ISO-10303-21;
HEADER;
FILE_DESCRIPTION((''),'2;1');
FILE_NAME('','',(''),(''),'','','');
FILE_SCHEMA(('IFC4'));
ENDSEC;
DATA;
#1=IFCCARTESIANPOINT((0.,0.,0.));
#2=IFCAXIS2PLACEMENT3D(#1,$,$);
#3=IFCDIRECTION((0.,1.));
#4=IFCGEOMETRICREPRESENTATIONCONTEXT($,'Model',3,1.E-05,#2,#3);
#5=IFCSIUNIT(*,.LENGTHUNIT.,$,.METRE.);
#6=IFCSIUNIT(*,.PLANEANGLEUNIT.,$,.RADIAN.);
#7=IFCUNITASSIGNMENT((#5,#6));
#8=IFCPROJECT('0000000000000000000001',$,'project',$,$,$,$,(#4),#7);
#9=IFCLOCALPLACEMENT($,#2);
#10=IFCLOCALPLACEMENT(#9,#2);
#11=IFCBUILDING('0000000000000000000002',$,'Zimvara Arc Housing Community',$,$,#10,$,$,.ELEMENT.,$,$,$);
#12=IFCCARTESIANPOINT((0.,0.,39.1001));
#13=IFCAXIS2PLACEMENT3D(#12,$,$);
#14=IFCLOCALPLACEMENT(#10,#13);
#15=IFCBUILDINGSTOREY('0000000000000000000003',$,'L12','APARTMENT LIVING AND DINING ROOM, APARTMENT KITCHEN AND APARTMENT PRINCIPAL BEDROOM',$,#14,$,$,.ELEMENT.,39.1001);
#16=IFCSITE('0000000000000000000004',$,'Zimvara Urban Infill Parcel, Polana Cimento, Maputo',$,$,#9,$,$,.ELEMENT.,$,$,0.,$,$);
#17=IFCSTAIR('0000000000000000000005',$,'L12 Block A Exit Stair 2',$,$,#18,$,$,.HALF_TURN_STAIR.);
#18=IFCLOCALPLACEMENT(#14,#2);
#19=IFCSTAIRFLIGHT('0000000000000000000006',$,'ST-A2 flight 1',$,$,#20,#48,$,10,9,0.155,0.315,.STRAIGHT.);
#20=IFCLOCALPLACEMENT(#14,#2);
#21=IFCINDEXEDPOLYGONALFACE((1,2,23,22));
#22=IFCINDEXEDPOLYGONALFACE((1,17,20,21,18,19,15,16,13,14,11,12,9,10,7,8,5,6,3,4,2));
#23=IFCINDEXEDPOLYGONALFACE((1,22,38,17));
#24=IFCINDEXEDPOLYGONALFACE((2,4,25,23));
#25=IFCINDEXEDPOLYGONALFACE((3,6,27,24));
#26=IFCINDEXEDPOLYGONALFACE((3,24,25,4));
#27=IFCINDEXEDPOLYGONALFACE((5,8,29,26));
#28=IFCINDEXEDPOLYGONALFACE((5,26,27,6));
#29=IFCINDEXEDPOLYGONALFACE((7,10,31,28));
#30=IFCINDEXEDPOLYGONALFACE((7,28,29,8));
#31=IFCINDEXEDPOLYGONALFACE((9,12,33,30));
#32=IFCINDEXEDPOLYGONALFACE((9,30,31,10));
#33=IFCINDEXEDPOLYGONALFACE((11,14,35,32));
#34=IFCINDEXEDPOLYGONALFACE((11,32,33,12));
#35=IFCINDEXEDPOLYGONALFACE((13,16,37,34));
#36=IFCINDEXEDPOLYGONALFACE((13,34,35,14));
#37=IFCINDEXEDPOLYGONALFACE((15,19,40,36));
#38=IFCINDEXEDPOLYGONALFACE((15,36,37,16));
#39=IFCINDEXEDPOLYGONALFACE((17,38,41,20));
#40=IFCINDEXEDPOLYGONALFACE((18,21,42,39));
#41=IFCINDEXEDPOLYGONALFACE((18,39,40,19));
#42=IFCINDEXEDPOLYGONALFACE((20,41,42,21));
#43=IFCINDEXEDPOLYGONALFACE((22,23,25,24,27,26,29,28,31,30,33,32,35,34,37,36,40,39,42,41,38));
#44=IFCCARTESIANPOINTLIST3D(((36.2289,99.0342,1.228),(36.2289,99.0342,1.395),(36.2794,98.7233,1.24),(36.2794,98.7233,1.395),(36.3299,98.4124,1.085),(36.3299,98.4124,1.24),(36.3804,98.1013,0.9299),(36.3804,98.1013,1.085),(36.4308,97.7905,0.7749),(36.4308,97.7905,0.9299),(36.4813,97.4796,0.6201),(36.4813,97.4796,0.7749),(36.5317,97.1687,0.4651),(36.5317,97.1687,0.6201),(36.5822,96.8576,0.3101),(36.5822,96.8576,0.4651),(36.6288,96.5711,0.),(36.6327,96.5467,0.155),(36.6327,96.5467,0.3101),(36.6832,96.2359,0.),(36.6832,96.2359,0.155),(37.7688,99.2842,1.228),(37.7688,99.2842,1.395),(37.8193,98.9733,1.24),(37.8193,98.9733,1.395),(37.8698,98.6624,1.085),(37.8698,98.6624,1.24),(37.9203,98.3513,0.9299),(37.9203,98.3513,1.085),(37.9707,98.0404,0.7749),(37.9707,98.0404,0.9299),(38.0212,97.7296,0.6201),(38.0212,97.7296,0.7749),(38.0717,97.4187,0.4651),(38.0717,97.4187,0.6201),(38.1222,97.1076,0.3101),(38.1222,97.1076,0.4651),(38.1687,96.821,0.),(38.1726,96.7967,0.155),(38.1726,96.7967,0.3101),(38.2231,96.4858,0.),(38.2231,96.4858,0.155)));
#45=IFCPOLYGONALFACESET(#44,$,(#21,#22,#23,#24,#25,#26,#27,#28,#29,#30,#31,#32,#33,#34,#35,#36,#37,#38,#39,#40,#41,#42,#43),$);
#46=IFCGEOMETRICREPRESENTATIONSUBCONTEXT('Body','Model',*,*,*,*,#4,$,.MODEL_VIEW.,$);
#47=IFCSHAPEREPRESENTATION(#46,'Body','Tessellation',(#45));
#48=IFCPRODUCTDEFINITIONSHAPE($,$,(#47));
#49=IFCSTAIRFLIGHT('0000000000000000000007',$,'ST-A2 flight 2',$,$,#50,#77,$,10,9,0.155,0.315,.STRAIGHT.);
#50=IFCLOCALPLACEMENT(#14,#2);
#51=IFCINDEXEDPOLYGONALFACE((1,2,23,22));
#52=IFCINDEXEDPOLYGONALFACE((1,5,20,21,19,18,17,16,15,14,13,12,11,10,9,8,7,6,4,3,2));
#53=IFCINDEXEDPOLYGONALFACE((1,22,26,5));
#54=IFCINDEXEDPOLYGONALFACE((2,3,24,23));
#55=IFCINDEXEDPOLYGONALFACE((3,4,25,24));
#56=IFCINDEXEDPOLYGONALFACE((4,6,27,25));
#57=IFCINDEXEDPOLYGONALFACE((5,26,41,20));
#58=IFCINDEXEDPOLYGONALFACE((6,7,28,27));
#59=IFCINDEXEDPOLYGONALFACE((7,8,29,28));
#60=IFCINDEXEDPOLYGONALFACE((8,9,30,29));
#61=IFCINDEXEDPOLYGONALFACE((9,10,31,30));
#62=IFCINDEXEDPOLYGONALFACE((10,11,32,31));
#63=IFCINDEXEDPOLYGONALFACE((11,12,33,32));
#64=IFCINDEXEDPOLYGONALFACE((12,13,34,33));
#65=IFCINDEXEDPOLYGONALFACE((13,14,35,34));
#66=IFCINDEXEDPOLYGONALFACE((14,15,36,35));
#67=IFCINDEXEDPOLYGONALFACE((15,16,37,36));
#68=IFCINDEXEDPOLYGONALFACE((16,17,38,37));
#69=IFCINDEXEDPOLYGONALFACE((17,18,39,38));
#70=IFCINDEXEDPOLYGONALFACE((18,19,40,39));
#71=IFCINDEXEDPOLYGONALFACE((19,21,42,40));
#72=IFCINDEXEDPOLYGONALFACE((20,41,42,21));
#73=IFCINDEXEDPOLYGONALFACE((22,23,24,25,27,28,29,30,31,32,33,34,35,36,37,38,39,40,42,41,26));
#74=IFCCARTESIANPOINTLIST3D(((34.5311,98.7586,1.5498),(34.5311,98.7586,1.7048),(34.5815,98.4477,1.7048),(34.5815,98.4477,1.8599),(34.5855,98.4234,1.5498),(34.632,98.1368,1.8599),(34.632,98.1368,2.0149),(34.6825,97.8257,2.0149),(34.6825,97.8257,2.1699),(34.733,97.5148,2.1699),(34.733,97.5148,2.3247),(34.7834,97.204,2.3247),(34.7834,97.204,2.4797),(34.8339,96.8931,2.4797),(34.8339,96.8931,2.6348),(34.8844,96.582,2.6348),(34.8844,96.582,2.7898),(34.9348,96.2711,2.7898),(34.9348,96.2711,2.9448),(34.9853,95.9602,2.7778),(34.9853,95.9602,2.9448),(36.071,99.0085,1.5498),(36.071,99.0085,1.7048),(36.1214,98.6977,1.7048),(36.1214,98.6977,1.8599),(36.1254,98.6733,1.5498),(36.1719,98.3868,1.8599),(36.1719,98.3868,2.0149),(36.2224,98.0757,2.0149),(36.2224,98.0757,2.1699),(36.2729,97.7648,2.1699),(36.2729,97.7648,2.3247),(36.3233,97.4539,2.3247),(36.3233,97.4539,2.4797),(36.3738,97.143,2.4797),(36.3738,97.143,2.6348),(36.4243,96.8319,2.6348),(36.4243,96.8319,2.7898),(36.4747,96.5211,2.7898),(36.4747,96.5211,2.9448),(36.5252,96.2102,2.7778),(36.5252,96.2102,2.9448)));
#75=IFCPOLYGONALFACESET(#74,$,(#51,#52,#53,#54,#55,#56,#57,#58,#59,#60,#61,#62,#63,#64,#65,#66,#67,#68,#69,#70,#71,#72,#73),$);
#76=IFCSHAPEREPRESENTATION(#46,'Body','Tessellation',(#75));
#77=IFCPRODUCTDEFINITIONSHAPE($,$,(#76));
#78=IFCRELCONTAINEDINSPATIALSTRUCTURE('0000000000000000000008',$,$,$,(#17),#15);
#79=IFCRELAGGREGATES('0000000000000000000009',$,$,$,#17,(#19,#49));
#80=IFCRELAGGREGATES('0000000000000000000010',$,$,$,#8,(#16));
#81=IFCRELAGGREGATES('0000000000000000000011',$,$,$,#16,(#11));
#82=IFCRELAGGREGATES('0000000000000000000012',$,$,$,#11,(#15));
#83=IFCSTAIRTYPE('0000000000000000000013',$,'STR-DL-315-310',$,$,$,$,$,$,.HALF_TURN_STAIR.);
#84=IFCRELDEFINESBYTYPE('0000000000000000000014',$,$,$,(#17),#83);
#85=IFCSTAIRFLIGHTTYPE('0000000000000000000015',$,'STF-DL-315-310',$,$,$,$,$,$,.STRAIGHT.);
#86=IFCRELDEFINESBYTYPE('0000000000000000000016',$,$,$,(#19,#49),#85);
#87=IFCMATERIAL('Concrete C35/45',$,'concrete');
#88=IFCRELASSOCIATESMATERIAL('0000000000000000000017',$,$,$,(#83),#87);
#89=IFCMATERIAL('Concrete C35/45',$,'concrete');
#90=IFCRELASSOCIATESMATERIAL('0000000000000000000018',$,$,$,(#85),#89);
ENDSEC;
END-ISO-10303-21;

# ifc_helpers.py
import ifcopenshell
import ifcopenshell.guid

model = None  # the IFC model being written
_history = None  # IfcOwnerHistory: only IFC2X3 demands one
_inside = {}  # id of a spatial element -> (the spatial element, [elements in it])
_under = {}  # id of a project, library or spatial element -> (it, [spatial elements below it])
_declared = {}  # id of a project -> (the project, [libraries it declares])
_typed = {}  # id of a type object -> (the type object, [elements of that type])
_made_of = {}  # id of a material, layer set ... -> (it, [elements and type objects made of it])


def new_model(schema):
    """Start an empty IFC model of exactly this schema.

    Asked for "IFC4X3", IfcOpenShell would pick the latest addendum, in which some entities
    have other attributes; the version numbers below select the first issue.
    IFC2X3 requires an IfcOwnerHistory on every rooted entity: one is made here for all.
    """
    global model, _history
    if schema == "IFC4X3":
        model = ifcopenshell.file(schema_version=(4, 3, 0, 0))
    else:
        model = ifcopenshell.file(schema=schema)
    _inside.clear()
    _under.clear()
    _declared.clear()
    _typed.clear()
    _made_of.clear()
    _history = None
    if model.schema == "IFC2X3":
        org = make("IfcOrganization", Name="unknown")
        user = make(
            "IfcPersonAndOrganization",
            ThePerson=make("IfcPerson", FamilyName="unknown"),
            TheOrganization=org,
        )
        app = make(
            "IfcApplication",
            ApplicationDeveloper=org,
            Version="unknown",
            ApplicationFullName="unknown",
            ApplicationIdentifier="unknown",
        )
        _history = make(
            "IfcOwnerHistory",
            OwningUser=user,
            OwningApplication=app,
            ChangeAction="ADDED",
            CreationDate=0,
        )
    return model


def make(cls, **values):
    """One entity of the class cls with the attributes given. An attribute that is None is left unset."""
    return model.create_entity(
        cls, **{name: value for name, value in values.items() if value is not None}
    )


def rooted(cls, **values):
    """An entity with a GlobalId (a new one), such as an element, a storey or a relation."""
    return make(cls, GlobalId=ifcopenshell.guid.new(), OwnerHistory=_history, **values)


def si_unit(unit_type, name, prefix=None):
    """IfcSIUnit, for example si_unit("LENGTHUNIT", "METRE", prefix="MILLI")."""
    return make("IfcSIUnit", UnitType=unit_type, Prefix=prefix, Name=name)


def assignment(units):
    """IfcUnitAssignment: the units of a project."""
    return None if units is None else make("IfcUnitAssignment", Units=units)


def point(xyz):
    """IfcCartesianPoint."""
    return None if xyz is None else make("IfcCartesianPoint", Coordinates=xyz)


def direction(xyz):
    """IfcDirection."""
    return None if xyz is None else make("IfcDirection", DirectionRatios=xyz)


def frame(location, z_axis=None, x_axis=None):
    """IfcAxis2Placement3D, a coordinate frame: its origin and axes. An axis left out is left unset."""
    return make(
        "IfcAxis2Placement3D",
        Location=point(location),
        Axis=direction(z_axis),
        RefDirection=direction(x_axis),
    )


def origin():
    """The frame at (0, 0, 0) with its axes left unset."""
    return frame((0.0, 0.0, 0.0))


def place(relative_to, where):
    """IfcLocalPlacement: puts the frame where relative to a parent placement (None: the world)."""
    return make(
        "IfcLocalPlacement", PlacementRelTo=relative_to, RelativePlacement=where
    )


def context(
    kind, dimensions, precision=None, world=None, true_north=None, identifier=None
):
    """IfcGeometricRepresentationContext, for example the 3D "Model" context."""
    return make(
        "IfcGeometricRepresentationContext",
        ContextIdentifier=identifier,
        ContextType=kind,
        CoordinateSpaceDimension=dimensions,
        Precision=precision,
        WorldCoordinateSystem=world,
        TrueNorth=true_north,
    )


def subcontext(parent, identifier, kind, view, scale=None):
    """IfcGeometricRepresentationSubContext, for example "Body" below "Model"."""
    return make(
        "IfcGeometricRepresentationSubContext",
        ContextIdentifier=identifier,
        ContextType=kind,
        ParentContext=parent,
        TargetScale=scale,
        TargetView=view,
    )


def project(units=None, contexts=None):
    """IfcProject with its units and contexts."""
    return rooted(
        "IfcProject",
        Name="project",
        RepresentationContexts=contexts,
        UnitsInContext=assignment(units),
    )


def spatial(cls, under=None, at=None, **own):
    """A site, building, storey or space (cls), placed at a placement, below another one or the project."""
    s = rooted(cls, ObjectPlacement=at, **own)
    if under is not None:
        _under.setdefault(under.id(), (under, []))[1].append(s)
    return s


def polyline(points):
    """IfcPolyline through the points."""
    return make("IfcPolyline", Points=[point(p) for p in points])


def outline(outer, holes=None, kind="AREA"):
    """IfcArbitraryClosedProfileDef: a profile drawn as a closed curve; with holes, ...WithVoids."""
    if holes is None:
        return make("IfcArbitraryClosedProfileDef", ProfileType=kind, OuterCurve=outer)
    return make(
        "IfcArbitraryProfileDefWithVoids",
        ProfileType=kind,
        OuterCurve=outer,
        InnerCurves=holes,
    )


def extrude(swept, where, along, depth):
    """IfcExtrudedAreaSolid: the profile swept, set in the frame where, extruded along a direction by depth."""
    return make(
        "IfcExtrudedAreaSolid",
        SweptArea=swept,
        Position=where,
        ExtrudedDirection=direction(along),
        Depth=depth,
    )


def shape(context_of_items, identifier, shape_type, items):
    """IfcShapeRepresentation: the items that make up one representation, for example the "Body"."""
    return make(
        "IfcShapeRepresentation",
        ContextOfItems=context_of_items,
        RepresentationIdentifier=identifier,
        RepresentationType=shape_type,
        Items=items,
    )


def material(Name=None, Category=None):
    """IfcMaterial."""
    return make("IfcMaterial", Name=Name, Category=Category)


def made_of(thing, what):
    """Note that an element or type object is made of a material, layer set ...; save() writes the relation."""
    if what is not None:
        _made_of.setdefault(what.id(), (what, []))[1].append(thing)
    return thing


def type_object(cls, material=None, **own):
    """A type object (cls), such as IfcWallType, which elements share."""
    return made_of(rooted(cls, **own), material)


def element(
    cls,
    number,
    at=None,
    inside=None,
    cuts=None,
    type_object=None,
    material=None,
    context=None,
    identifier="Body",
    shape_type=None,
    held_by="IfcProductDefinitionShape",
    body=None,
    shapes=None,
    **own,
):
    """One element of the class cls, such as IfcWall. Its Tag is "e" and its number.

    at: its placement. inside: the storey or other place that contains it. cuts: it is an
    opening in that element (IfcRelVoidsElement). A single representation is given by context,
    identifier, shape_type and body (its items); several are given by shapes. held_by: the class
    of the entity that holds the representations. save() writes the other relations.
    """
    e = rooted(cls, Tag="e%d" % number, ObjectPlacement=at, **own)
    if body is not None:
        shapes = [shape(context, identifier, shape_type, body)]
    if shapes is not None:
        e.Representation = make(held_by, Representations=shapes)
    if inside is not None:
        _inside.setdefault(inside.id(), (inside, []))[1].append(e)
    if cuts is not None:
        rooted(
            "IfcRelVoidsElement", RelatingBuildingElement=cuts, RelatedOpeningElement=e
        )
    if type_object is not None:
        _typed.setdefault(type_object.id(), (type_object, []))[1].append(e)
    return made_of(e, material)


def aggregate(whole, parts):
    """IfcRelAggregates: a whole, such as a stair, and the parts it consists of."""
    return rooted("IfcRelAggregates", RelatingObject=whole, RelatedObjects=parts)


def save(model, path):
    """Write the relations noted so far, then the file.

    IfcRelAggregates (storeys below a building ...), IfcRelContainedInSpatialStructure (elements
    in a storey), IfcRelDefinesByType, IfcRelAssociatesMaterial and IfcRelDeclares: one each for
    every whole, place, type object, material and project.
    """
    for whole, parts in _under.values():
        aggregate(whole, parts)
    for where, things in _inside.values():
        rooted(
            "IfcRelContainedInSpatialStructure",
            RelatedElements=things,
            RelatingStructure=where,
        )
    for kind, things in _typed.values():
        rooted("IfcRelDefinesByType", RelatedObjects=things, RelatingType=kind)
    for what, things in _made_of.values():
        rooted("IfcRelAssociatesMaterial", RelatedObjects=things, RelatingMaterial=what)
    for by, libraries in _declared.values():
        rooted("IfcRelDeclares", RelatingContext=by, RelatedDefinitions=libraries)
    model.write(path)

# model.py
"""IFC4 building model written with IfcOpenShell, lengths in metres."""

from ifc_helpers import new_model, si_unit, direction, frame, origin, place, context, subcontext, project, spatial, polyline, outline, extrude, material, type_object, element, aggregate, save


model = new_model("IFC4")

# Units and contexts
model_context = context("Model", 3, precision=1e-05, world=origin(), true_north=direction((0.0, 1.0)))
body_context = subcontext(model_context, "Body", "Model", "MODEL_VIEW")
ifc_project = project(units=[si_unit("LENGTHUNIT", "METRE"), si_unit("PLANEANGLEUNIT", "RADIAN")], contexts=[model_context])

# Site, building, storey
site_placement = place(None, origin())
site = spatial("IfcSite", under=ifc_project, at=site_placement, Name="Zimvara Urban Infill Parcel, Polana Cimento, Maputo", CompositionType="ELEMENT", RefElevation=0.0)
building_placement = place(site_placement, origin())
building = spatial("IfcBuilding", under=site, at=building_placement, Name="Zimvara Arc Housing Community", CompositionType="ELEMENT")
storey_placement = place(building_placement, frame((0.0, 0.0, 39.1001)))
storey = spatial("IfcBuildingStorey", under=building, at=storey_placement, Name="L12", Description="APARTMENT LIVING AND DINING ROOM, APARTMENT KITCHEN AND APARTMENT PRINCIPAL BEDROOM", CompositionType="ELEMENT", Elevation=39.1001)

# Stair, stair flights
ifc_material_1 = material(Name="Concrete C35/45", Category="concrete")
stair_type = type_object("IfcStairType", Name="STR-DL-315-310", PredefinedType="HALF_TURN_STAIR", material=ifc_material_1)
stair_placement = place(storey_placement, origin())
stair = element("IfcStair", 1, at=stair_placement, inside=storey, type_object=stair_type, Name="L12 Block A Exit Stair 2", PredefinedType="HALF_TURN_STAIR")
ifc_material_2 = material(Name="Concrete C35/45", Category="concrete")
stair_flight_type = type_object("IfcStairFlightType", Name="STF-DL-315-310", PredefinedType="STRAIGHT", material=ifc_material_2)
stair_flight_1_placement = place(storey_placement, frame((37.4531, 96.3608, 0.0), z_axis=(0.0, 0.0, 1.0), x_axis=(-0.160226, 0.98708, 0.0)))
stair_flight_1 = element("IfcStairFlight", 2, at=stair_flight_1_placement, type_object=stair_flight_type, Name="ST-A2 flight 1", NumberOfRisers=10, NumberOfTreads=9, PredefinedType="STRAIGHT", RiserHeight=0.155, TreadLength=0.315, context=body_context, shape_type="SweptSolid", body=[
    extrude(outline(polyline([(0.0, 0.0), (0.0, 0.155), (0.3149, 0.155), (0.3149, 0.3101), (0.6299, 0.3101), (0.6299, 0.4651), (0.9451, 0.4651), (0.9451, 0.6201), (1.26, 0.6201), (1.26, 0.7749), (1.575, 0.7749), (1.575, 0.9299), (1.8899, 0.9299), (1.8899, 1.085), (2.2051, 1.085), (2.2051, 1.24), (2.52, 1.24), (2.52, 1.395), (2.835, 1.395), (2.835, 1.55), (2.835, 1.228), (0.3396, 0.0), (0.0, 0.0)])), frame((0.0, 0.78, 0.0), z_axis=(0.0, -1.0, 0.0), x_axis=(1.0, 0.0, 0.0)), (0.0, 0.0, 1.0), 1.5601),
])
stair_flight_2_placement = place(storey_placement, frame((35.301, 98.8835, 1.5498), z_axis=(0.0, 0.0, 1.0), x_axis=(0.160226, -0.98708, 0.0)))
stair_flight_2 = element("IfcStairFlight", 3, at=stair_flight_2_placement, type_object=stair_flight_type, Name="ST-A2 flight 2", NumberOfRisers=10, NumberOfTreads=9, PredefinedType="STRAIGHT", RiserHeight=0.155, TreadLength=0.315, context=body_context, shape_type="SweptSolid", body=[
    extrude(outline(polyline([(0.0, 0.0), (0.0, 0.155), (0.3149, 0.155), (0.3149, 0.3101), (0.6299, 0.3101), (0.6299, 0.4651), (0.9451, 0.4651), (0.9451, 0.6201), (1.26, 0.6201), (1.26, 0.7749), (1.575, 0.7749), (1.575, 0.9299), (1.8899, 0.9299), (1.8899, 1.085), (2.2051, 1.085), (2.2051, 1.24), (2.52, 1.24), (2.52, 1.395), (2.835, 1.395), (2.835, 1.55), (2.835, 1.228), (0.3396, 0.0), (0.0, 0.0)])), frame((0.0, 0.78, 0.0), z_axis=(0.0, -1.0, 0.0), x_axis=(1.0, 0.0, 0.0)), (0.0, 0.0, 1.0), 1.5601),
])
aggregate(stair, [stair_flight_1, stair_flight_2])

save(model, "model.ifc")
